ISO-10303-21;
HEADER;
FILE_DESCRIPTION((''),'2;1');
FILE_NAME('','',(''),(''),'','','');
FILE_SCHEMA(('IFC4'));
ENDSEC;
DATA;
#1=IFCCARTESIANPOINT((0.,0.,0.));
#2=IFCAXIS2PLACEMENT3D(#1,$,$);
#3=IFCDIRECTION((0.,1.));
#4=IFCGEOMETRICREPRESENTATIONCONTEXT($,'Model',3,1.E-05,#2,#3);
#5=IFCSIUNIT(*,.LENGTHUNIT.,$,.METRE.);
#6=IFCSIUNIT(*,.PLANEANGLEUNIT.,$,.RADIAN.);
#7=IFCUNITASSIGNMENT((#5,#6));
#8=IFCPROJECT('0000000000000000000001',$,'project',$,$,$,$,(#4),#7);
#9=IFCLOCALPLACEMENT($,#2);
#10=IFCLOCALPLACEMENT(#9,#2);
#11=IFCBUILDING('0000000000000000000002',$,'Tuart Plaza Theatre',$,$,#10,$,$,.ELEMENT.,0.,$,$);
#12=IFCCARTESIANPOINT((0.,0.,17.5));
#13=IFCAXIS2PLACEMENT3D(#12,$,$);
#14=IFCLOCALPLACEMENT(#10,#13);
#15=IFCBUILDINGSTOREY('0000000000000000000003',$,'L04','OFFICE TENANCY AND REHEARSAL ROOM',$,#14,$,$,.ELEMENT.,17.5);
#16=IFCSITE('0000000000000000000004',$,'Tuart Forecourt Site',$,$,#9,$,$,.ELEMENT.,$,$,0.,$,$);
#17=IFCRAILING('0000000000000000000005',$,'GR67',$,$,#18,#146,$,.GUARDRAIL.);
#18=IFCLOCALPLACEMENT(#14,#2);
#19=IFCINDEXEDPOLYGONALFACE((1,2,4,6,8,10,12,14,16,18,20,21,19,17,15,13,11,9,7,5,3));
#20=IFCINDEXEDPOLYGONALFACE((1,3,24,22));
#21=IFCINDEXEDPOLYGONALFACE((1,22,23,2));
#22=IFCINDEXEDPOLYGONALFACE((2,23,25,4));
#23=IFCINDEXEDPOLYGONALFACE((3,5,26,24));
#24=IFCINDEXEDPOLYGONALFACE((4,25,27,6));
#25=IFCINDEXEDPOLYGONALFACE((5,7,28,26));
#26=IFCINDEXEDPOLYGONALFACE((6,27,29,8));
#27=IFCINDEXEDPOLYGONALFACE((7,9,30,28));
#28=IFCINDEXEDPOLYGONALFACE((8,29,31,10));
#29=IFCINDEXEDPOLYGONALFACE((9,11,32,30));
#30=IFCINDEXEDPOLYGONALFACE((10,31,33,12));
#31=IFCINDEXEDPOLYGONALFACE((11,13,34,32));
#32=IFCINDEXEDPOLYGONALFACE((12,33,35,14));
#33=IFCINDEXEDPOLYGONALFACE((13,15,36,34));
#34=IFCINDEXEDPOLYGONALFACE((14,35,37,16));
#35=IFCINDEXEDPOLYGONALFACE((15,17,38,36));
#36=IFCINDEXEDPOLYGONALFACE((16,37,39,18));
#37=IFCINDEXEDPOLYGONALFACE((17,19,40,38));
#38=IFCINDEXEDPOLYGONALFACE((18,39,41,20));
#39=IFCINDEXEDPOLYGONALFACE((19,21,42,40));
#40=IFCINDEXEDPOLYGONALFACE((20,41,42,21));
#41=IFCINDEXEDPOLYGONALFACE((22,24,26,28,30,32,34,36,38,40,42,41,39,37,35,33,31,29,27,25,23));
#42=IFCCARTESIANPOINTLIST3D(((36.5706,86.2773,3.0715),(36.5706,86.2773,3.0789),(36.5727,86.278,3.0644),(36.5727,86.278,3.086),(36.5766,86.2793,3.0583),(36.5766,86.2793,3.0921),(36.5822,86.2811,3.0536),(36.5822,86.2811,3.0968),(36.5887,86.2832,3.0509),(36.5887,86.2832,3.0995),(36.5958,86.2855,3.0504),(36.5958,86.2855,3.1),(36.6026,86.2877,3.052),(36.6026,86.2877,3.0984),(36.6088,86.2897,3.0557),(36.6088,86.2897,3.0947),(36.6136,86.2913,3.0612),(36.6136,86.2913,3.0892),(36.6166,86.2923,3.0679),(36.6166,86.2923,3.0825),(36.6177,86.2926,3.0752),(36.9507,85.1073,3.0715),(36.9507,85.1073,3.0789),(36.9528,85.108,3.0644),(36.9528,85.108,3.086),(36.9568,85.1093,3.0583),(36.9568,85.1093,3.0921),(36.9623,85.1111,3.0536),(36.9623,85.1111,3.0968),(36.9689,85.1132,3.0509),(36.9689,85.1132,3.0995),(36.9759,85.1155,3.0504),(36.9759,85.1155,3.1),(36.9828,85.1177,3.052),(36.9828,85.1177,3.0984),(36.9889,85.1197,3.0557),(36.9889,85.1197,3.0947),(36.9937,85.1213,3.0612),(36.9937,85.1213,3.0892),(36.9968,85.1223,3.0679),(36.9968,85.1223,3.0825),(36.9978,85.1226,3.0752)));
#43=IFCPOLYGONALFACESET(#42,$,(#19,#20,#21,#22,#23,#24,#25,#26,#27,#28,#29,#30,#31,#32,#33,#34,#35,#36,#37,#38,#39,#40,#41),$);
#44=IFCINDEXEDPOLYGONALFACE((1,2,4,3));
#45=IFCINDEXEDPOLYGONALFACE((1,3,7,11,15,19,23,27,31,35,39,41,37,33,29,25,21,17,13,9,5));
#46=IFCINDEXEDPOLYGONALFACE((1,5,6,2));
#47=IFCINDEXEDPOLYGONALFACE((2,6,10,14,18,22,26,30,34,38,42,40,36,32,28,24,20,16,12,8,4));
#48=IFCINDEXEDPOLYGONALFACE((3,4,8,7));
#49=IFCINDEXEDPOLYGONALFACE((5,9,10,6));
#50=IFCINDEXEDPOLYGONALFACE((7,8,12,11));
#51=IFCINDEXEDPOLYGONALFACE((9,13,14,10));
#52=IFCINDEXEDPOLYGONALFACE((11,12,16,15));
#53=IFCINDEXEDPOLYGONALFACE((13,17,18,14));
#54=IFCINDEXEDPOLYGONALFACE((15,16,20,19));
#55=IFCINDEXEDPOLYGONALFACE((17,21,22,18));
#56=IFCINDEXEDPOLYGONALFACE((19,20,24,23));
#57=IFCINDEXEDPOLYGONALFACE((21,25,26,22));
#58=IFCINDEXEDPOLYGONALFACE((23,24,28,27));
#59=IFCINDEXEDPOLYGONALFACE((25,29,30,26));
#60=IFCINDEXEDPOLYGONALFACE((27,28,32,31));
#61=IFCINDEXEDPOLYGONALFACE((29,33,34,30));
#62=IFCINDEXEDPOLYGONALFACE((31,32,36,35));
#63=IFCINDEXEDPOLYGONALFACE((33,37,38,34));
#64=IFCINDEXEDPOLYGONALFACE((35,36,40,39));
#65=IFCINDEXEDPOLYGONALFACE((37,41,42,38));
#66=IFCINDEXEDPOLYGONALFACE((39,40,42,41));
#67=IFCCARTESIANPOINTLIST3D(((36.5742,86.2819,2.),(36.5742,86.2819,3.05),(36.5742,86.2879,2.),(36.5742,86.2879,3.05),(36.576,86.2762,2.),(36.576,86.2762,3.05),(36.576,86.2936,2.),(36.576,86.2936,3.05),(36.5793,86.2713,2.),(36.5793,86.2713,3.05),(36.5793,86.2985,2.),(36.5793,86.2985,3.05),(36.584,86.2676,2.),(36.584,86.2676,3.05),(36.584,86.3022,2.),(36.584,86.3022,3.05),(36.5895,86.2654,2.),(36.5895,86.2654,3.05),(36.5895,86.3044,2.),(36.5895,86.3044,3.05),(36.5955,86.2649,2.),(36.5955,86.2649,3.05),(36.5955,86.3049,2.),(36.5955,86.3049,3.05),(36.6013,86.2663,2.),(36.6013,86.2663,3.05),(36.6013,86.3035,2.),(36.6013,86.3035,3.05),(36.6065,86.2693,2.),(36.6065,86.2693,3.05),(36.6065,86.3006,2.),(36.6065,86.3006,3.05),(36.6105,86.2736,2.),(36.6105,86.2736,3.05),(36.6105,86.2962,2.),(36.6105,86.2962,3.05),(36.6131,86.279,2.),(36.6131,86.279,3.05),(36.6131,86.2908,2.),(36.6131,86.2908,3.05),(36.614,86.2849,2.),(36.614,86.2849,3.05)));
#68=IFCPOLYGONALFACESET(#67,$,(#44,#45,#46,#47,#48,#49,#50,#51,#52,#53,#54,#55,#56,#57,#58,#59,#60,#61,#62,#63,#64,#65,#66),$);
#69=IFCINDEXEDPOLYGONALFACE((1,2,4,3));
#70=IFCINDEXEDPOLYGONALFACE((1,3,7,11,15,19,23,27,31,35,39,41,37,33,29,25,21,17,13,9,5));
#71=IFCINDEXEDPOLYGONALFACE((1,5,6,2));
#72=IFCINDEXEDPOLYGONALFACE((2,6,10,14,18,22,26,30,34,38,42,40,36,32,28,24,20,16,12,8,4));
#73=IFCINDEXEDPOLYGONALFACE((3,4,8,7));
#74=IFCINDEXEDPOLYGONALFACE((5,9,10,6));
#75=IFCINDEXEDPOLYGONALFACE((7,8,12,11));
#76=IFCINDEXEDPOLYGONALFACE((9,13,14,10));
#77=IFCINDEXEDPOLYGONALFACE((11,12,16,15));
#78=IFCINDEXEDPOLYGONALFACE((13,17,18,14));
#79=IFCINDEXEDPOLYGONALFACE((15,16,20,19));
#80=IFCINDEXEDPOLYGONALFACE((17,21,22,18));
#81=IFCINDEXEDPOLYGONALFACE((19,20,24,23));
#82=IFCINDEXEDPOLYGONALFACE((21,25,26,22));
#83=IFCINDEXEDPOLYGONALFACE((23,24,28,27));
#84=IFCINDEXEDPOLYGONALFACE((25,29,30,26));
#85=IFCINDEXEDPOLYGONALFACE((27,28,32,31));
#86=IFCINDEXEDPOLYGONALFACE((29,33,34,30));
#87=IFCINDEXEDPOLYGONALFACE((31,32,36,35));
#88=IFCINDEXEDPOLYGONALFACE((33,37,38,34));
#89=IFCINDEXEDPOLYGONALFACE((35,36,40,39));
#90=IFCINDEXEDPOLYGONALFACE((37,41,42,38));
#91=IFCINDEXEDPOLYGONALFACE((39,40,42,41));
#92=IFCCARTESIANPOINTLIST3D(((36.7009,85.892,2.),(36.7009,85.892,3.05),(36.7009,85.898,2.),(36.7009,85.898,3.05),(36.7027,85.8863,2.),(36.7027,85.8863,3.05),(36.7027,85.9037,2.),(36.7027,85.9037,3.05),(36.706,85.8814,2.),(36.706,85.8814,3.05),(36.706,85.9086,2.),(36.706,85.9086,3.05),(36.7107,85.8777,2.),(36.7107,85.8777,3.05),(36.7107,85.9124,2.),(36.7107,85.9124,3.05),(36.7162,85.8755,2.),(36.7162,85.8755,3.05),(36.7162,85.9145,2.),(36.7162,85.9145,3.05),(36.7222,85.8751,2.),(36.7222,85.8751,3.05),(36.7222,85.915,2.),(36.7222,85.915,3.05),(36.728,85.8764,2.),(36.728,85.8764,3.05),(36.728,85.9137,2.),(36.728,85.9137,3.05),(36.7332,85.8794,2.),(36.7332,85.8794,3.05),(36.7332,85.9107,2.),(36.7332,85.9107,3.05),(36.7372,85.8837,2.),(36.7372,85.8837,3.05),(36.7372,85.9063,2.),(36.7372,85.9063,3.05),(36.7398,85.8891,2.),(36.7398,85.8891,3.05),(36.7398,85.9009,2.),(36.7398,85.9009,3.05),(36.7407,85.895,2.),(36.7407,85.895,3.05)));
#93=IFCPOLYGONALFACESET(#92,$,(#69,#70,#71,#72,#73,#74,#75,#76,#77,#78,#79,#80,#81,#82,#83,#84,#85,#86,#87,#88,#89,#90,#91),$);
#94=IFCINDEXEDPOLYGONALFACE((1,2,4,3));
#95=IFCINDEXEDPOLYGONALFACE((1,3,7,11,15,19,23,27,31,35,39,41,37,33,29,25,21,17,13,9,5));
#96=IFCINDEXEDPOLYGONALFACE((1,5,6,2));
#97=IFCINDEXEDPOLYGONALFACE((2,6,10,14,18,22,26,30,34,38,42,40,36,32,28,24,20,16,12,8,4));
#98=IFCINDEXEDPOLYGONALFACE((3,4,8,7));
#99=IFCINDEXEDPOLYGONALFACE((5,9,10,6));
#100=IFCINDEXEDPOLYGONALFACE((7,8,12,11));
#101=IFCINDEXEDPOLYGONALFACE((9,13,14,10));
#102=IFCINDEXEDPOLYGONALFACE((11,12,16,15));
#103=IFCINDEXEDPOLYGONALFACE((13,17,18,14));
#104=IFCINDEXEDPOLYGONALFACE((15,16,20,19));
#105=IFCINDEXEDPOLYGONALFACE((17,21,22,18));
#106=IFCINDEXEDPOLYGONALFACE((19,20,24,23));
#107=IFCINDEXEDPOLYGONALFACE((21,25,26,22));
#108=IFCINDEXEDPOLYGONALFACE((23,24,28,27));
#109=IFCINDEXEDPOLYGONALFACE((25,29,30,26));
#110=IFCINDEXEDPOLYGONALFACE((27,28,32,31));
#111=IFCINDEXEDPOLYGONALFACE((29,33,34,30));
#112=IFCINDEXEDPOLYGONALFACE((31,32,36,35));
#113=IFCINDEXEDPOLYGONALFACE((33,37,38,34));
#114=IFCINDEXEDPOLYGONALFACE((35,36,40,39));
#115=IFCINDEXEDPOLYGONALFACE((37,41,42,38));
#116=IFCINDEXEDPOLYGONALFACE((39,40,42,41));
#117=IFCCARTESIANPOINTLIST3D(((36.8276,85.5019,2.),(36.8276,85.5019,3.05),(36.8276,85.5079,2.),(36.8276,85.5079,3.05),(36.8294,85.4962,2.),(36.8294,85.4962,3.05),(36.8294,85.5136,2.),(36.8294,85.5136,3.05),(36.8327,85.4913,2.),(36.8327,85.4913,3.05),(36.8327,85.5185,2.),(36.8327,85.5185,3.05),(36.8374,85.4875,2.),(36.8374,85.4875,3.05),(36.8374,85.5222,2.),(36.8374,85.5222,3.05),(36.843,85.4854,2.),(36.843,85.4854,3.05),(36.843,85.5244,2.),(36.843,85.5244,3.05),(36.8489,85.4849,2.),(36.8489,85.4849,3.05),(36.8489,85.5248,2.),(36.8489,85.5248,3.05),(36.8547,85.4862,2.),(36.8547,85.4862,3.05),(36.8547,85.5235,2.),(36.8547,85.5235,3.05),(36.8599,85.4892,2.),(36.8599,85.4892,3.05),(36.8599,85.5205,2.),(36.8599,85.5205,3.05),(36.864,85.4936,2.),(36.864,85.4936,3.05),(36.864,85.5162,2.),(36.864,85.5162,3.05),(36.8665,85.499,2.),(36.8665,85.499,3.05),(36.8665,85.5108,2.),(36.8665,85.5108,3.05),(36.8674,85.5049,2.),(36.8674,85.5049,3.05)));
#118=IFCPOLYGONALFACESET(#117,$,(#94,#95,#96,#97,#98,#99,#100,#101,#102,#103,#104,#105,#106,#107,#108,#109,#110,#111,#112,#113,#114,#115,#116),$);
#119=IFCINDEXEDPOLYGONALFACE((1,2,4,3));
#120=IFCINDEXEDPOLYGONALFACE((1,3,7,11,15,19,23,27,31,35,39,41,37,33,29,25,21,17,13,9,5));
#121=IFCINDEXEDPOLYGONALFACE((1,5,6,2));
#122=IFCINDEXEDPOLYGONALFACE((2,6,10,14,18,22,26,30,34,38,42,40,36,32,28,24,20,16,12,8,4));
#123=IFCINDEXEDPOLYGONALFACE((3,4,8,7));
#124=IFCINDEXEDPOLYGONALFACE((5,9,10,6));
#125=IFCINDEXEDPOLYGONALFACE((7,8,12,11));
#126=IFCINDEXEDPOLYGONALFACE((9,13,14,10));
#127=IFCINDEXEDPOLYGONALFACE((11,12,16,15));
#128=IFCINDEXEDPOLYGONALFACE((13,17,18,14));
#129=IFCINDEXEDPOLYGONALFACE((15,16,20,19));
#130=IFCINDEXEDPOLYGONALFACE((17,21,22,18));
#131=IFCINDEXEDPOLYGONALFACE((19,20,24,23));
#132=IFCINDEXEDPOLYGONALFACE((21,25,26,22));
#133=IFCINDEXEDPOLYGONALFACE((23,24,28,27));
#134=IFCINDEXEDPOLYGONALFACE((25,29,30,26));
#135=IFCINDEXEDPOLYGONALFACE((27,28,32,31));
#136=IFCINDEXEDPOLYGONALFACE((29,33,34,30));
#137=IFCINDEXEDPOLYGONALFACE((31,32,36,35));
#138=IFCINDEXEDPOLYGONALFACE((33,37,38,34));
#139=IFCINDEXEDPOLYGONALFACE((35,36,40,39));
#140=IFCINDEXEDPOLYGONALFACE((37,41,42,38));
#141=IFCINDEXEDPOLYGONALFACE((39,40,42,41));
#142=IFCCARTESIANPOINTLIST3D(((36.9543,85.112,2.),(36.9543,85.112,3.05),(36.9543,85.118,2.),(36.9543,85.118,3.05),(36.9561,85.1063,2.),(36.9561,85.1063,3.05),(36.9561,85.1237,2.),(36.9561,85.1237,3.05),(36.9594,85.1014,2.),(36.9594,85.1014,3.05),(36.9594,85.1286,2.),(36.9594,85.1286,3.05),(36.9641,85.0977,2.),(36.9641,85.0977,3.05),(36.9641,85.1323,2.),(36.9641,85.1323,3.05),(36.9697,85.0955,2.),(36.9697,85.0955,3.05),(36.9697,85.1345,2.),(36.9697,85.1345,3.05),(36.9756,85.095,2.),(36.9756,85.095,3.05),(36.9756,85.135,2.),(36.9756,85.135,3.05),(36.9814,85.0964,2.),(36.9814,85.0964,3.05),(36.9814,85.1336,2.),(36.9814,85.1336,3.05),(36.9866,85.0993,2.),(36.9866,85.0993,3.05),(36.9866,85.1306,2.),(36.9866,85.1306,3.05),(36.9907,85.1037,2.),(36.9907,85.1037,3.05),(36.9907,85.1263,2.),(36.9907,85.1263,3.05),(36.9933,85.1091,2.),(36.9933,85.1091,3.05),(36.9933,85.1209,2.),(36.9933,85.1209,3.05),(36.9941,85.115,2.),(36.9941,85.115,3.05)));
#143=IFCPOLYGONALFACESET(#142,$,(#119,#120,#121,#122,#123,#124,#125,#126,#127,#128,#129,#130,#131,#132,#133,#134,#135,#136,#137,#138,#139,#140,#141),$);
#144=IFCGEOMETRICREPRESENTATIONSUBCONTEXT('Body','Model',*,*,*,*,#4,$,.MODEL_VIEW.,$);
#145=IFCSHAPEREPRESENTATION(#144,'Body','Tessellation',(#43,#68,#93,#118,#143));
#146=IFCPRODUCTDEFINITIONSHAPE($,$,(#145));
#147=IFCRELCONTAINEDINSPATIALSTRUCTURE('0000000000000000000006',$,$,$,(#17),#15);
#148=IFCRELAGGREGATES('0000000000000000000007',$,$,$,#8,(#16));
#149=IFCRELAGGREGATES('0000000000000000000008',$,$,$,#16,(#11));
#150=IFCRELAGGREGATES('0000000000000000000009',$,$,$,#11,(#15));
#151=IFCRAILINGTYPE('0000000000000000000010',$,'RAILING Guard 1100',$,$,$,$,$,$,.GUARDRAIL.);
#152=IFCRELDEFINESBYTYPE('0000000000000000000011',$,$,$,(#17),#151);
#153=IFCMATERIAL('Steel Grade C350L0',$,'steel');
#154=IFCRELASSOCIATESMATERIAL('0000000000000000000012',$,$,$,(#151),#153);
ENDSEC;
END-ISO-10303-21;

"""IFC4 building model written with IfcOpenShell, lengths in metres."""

from ifc_helpers import new_model, si_unit, direction, frame, origin, origin_2d, place, context, subcontext, project, spatial, circle, extrude, material, type_object, element, save


model = new_model("IFC4")

# Units and contexts
model_context = context("Model", 3, precision=1e-05, world=origin(), true_north=direction((0.0, 1.0)))
body_context = subcontext(model_context, "Body", "Model", "MODEL_VIEW")
ifc_project = project(units=[si_unit("LENGTHUNIT", "METRE"), si_unit("PLANEANGLEUNIT", "RADIAN")], contexts=[model_context])

# Site, building, storey
site_placement = place(None, origin())
site = spatial("IfcSite", under=ifc_project, at=site_placement, Name="Tuart Forecourt Site", CompositionType="ELEMENT", RefElevation=0.0)
building_placement = place(site_placement, origin())
building = spatial("IfcBuilding", under=site, at=building_placement, Name="Tuart Plaza Theatre", CompositionType="ELEMENT", ElevationOfRefHeight=0.0)
storey_placement = place(building_placement, frame((0.0, 0.0, 17.5)))
storey = spatial("IfcBuildingStorey", under=building, at=storey_placement, Name="L04", Description="OFFICE TENANCY AND REHEARSAL ROOM", CompositionType="ELEMENT", Elevation=17.5)

# Railing
ifc_material_1 = material(Name="Steel Grade C350L0", Category="steel")
railing_type_1 = type_object("IfcRailingType", Name="RAILING Guard 1100", PredefinedType="GUARDRAIL", material=ifc_material_1)
railing_1_placement = place(storey_placement, frame((36.594, 86.2849, 2.0)))
element("IfcRailing", 1, at=railing_1_placement, inside=storey, type_object=railing_type_1, Name="GR67", PredefinedType="GUARDRAIL", context=body_context, shape_type="SweptSolid", body=[
    extrude(circle(Radius=0.0249, at=origin_2d()), frame((0.0, 0.0, 1.0752), z_axis=(0.309014, -0.951057, 0.0), x_axis=(0.951057, 0.309014, 0.0)), (0.0, 0.0, 1.0), 1.2302),
    extrude(circle(Radius=0.02, at=origin_2d()), origin(), (0.0, 0.0, 1.0), 1.05),
    extrude(circle(Radius=0.02, at=origin_2d()), frame((0.1267, -0.3899, 0.0)), (0.0, 0.0, 1.0), 1.05),
    extrude(circle(Radius=0.02, at=origin_2d()), frame((0.2534, -0.78, 0.0)), (0.0, 0.0, 1.0), 1.05),
    extrude(circle(Radius=0.02, at=origin_2d()), frame((0.3801, -1.1699, 0.0)), (0.0, 0.0, 1.0), 1.05),
])

save(model, "model.ifc")
